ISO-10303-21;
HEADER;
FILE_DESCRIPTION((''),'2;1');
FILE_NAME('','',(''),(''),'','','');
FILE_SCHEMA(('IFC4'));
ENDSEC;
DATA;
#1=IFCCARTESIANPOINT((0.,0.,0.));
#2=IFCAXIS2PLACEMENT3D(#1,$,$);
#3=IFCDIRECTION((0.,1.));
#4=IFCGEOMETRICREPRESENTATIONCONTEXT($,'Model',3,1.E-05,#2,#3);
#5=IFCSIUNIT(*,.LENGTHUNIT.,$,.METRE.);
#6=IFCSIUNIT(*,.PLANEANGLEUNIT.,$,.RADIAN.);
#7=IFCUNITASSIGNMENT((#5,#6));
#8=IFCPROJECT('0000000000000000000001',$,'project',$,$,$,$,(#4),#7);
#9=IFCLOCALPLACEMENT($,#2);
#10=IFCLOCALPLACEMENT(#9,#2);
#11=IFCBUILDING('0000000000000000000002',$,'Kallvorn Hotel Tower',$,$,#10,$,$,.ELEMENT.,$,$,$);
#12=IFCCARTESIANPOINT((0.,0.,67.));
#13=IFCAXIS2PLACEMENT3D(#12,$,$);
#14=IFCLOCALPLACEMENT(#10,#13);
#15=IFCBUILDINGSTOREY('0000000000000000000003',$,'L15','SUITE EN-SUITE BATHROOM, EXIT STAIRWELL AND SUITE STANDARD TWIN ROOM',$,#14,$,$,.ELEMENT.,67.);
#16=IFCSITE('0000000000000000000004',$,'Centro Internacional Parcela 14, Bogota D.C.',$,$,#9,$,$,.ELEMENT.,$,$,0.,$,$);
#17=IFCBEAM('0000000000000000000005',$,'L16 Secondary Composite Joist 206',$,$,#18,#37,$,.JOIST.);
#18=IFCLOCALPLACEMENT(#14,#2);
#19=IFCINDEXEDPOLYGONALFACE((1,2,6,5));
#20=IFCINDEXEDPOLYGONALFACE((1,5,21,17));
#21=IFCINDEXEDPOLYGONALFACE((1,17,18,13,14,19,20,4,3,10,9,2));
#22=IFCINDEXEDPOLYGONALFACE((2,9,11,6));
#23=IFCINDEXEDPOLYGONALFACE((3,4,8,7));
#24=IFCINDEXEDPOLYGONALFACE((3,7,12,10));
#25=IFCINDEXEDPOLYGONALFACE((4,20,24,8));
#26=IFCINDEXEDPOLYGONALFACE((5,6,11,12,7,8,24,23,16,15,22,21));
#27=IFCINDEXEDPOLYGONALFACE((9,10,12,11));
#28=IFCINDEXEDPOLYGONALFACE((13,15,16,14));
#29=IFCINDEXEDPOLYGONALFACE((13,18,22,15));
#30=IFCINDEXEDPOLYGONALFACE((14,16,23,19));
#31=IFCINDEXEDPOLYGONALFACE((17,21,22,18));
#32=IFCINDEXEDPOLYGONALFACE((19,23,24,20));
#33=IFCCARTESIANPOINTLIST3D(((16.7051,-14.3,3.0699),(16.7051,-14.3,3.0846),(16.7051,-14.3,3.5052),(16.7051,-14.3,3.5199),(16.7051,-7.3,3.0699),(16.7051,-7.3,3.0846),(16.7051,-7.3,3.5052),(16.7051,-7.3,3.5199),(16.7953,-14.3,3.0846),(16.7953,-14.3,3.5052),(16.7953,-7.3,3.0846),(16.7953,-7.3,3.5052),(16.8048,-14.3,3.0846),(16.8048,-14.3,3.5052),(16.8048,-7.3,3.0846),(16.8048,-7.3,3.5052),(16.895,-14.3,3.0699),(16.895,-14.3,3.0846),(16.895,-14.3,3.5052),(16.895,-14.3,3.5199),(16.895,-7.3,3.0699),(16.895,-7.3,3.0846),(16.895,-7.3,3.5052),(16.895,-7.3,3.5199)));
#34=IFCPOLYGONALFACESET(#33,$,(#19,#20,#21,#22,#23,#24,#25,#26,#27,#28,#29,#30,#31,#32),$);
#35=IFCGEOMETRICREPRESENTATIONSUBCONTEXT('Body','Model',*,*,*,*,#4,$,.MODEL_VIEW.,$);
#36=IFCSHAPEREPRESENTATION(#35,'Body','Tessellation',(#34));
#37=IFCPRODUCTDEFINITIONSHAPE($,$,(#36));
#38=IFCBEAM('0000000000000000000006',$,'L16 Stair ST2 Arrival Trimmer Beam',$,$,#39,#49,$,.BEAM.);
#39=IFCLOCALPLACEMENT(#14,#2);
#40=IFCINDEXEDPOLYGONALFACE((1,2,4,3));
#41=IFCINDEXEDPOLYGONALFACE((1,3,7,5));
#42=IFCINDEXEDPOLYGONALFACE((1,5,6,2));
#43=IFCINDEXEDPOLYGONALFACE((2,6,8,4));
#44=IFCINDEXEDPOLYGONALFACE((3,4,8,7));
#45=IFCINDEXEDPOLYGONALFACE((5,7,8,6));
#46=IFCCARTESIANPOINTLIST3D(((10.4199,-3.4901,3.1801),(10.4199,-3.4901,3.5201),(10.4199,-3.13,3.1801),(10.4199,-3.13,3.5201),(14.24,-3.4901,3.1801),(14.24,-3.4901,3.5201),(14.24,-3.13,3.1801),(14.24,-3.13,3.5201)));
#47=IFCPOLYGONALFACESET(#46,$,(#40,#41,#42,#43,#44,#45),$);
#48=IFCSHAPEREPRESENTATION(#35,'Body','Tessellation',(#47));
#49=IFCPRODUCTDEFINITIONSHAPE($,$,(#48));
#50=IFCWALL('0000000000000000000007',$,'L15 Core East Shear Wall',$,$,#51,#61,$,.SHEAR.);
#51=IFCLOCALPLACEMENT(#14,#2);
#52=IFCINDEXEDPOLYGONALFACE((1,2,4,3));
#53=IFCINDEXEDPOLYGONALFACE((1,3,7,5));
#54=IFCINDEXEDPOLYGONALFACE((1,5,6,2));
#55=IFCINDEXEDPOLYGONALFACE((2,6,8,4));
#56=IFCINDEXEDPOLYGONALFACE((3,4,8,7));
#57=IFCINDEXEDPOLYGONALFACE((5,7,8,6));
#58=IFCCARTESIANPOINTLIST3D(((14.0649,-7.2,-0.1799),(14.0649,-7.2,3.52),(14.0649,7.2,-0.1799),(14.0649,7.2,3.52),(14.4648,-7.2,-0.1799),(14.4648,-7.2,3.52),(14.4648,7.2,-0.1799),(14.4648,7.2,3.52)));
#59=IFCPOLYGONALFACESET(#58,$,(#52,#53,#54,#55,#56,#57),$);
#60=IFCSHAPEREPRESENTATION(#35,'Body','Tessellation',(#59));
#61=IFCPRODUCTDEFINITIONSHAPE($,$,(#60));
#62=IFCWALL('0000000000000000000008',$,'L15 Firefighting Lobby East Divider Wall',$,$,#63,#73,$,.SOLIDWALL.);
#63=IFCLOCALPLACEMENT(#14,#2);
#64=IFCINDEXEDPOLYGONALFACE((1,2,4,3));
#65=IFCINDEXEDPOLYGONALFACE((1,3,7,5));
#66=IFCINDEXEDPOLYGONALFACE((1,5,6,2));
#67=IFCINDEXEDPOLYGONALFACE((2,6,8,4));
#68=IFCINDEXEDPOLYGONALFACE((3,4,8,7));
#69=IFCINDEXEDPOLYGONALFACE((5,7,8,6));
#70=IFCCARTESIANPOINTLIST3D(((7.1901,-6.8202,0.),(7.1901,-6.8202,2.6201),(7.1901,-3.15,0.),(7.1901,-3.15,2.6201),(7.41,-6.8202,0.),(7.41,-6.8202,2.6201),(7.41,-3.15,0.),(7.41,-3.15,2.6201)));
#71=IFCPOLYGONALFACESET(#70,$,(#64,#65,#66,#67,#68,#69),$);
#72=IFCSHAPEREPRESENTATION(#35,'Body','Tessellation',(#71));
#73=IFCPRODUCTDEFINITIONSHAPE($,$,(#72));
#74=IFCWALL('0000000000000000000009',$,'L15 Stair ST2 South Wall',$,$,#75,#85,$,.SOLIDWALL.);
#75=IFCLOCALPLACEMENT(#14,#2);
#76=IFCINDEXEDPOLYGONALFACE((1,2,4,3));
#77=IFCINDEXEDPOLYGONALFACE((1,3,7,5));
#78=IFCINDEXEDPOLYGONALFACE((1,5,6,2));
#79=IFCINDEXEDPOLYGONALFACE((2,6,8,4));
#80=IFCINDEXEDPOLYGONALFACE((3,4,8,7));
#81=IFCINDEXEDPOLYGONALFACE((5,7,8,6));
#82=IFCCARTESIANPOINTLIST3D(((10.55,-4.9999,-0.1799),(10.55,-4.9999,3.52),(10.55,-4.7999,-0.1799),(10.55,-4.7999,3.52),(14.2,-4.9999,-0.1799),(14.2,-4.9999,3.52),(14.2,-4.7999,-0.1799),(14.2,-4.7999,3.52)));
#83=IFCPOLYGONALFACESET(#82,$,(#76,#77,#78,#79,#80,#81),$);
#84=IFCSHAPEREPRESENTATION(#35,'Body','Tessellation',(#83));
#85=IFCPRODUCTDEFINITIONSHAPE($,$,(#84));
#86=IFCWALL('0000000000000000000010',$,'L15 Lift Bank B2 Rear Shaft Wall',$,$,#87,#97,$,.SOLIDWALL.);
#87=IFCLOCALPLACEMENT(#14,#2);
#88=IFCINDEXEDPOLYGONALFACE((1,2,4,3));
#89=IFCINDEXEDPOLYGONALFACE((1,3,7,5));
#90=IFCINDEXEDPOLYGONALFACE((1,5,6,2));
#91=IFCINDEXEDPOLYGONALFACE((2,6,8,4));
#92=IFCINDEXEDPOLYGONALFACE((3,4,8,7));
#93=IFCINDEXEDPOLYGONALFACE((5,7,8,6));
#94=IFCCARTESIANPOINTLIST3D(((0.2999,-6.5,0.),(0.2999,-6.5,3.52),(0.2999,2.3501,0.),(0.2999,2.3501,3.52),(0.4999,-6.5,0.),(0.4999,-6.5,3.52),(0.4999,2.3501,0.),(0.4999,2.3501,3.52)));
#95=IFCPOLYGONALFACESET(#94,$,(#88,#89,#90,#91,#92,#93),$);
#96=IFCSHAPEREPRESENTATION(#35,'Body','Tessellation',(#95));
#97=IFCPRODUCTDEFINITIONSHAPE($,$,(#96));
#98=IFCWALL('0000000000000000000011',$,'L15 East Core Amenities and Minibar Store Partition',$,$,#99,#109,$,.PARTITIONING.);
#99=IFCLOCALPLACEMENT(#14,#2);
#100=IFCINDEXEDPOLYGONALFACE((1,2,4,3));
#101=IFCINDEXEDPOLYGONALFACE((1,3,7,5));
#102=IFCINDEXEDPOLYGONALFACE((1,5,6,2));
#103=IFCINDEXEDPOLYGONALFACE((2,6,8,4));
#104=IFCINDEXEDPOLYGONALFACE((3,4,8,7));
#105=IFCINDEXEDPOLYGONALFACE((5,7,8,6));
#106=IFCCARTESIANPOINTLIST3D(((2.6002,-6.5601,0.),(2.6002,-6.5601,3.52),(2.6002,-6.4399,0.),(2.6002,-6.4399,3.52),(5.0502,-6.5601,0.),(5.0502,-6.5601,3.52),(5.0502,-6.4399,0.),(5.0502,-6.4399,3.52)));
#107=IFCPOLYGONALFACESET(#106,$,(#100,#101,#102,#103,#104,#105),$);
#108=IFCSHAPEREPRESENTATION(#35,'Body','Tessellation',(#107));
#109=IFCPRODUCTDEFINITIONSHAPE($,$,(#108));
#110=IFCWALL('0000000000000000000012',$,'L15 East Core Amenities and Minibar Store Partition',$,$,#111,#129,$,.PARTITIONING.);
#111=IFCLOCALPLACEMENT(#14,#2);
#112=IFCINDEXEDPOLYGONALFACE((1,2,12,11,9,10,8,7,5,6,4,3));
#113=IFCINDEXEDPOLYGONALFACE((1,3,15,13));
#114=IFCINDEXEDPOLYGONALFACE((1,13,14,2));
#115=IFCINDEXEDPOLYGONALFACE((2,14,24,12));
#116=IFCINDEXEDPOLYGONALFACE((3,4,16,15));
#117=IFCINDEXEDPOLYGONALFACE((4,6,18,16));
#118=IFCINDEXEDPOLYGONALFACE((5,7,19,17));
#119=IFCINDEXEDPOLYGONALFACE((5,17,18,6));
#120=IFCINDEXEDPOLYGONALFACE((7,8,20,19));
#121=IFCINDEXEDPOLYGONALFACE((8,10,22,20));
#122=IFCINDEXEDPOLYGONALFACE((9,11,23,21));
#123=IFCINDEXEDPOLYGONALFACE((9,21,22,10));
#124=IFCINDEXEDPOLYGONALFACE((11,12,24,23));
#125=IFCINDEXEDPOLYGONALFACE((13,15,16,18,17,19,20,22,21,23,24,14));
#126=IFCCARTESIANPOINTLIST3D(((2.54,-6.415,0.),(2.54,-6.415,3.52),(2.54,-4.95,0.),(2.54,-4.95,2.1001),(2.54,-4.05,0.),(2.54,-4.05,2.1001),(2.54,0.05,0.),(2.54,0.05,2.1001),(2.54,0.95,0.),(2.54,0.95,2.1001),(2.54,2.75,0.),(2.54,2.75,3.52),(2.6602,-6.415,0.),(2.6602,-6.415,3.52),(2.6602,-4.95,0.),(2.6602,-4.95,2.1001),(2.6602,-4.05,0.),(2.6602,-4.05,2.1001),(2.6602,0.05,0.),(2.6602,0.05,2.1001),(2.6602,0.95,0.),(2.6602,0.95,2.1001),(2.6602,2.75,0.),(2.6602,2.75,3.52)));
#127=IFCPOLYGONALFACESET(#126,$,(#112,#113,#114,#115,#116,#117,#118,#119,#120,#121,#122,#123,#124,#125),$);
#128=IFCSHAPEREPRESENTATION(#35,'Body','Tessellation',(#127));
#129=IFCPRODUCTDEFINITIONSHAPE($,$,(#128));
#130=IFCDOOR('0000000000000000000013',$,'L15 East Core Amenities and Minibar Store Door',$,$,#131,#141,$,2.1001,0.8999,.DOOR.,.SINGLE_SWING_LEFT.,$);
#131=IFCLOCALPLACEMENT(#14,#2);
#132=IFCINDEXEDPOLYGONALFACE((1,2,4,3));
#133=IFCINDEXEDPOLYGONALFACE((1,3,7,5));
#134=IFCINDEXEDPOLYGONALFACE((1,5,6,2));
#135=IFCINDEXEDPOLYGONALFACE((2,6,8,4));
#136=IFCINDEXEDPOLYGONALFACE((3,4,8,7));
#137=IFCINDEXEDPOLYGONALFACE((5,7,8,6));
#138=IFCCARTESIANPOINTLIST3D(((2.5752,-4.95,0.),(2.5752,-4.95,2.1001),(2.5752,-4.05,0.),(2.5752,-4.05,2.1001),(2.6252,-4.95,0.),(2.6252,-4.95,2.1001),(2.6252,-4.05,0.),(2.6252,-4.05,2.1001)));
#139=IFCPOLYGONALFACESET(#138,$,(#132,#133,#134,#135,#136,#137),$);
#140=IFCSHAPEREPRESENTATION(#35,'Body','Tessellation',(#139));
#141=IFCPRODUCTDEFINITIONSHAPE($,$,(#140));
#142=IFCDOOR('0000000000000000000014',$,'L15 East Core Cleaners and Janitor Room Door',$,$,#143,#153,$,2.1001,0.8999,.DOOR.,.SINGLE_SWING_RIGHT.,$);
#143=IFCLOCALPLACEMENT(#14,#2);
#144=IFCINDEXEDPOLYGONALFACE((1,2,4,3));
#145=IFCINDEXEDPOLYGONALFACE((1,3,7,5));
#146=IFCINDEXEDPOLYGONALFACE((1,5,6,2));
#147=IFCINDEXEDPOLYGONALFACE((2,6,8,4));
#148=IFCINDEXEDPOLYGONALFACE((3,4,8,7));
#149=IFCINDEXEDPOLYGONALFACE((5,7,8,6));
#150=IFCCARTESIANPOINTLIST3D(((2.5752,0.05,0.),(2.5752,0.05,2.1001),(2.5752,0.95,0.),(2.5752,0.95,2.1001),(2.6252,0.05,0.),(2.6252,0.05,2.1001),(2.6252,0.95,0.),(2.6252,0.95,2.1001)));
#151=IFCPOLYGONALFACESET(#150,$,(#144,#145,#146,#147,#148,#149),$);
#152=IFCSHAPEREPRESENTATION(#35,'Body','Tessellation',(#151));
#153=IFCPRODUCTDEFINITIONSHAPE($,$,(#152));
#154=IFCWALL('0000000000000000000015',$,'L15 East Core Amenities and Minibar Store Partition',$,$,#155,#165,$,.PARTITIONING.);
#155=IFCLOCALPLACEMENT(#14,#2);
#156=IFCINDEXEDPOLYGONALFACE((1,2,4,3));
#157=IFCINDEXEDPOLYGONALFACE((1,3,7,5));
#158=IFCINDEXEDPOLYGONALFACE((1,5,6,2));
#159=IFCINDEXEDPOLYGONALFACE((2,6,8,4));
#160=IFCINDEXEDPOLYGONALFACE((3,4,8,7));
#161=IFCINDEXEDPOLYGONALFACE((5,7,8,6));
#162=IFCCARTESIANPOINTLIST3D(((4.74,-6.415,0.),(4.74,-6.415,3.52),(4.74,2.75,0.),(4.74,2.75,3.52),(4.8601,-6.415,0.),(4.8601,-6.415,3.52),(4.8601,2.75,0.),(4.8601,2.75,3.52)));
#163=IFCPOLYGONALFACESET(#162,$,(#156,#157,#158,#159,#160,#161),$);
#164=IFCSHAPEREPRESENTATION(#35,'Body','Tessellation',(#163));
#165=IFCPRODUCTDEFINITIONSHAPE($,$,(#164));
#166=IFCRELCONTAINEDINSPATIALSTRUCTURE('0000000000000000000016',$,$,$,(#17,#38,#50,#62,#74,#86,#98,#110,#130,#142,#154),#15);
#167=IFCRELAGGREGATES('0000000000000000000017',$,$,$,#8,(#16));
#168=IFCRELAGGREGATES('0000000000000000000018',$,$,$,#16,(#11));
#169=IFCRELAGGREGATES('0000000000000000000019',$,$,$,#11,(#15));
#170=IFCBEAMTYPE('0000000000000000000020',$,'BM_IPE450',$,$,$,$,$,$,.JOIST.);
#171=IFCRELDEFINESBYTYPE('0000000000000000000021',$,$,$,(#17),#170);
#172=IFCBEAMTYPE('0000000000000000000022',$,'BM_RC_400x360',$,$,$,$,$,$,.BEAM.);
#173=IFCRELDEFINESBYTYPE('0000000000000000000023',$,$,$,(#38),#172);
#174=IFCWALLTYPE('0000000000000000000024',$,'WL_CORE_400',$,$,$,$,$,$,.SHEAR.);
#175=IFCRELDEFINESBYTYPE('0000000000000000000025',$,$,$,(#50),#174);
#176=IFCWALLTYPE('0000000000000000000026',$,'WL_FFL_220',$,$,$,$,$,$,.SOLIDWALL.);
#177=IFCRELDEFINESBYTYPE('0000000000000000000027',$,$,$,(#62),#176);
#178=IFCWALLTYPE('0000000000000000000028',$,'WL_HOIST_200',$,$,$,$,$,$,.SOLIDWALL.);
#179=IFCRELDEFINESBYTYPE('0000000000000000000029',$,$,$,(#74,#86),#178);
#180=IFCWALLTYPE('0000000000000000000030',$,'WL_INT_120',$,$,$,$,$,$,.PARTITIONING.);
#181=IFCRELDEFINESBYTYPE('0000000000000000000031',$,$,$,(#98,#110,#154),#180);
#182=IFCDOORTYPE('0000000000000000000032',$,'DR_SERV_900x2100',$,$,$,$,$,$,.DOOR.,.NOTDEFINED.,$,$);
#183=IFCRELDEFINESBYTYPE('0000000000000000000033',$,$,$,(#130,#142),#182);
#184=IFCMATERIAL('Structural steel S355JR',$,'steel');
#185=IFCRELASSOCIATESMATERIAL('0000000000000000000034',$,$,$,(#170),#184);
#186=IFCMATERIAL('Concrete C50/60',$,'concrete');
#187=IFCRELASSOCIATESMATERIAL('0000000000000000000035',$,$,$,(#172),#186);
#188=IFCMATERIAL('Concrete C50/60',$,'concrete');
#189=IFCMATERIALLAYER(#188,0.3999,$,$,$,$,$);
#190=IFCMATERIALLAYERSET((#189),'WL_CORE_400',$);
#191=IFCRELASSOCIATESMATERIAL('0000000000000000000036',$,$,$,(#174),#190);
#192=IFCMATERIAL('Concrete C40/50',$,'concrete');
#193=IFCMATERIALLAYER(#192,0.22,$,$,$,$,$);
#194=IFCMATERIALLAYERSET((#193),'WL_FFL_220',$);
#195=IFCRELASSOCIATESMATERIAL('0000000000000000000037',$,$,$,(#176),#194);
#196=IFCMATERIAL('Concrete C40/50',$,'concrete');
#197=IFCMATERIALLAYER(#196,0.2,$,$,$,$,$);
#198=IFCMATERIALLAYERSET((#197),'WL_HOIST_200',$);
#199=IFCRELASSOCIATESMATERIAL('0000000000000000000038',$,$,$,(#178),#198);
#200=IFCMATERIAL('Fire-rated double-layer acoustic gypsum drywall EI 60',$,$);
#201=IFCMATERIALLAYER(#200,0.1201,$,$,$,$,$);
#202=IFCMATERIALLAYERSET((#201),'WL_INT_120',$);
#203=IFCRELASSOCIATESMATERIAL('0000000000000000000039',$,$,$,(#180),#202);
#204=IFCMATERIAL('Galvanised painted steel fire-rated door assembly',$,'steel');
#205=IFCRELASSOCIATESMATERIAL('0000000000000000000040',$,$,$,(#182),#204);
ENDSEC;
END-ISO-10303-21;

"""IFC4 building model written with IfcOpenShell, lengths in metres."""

from ifc_helpers import new_model, si_unit, direction, frame, frame_2d, origin, origin_2d, place, context, subcontext, project, spatial, rectangle, i_section, extrude, material, layer, layer_set, material_profile, profile_set, type_object, element, fill, save


model = new_model("IFC4")

# Units and contexts
model_context = context("Model", 3, precision=1e-05, world=origin(), true_north=direction((0.0, 1.0)))
body_context = subcontext(model_context, "Body", "Model", "MODEL_VIEW")
ifc_project = project(units=[si_unit("LENGTHUNIT", "METRE"), si_unit("PLANEANGLEUNIT", "RADIAN")], contexts=[model_context])

# Site, building, storey
site_placement = place(None, origin())
site = spatial("IfcSite", under=ifc_project, at=site_placement, Name="Centro Internacional Parcela 14, Bogota D.C.", CompositionType="ELEMENT", RefElevation=0.0)
building_placement = place(site_placement, origin())
building = spatial("IfcBuilding", under=site, at=building_placement, Name="Kallvorn Hotel Tower", CompositionType="ELEMENT")
storey_placement = place(building_placement, frame((0.0, 0.0, 67.0)))
storey = spatial("IfcBuildingStorey", under=building, at=storey_placement, Name="L15", Description="SUITE EN-SUITE BATHROOM, EXIT STAIRWELL AND SUITE STANDARD TWIN ROOM", CompositionType="ELEMENT", Elevation=67.0)

# Beams
ifc_material_1 = material(Name="Structural steel S355JR", Category="steel")
ifc_material_profile_1 = material_profile(ifc_material_1, i_section(OverallWidth=0.1899, OverallDepth=0.45, WebThickness=0.0095, FlangeThickness=0.0146, at=origin_2d()), Name="IPE 450")
ifc_profile_set_1 = profile_set([ifc_material_profile_1], Name="Structural steel S355JR")
beam_type_1 = type_object("IfcBeamType", Name="BM_IPE450", PredefinedType="JOIST", material=ifc_profile_set_1)
for number, where, z_axis, x_axis, name in (
    (1, (16.8, -14.3, 3.2949), (0.0, 1.0, 0.0), (-1.0, 0.0, 0.0), "L16 Secondary Composite Joist 206"),
):
    element("IfcBeam", number, at=place(storey_placement, frame(where, z_axis=z_axis, x_axis=x_axis)), inside=storey, type_object=beam_type_1, Name=name, PredefinedType="JOIST", context=body_context, shape_type="SweptSolid", body=[
        extrude(i_section(OverallWidth=0.1899, OverallDepth=0.45, WebThickness=0.0095, FlangeThickness=0.0146, at=origin_2d()), origin(), (0.0, 0.0, 1.0), 7.0),
    ])
ifc_material_2 = material(Name="Concrete C50/60", Category="concrete")
ifc_material_profile_2 = material_profile(ifc_material_2, rectangle(XDim=0.3601, YDim=0.3401, at=origin_2d()), Name="RC 360x340")
ifc_profile_set_2 = profile_set([ifc_material_profile_2], Name="Concrete C50/60")
beam_type_2 = type_object("IfcBeamType", Name="BM_RC_400x360", PredefinedType="BEAM", material=ifc_profile_set_2)
beam_1_placement = place(storey_placement, frame((14.24, -3.3101, 3.3501), z_axis=(-1.0, 0.0, 0.0), x_axis=(0.0, -1.0, 0.0)))
element("IfcBeam", 2, at=beam_1_placement, inside=storey, type_object=beam_type_2, Name="L16 Stair ST2 Arrival Trimmer Beam", PredefinedType="BEAM", context=body_context, shape_type="SweptSolid", body=[
    extrude(rectangle(XDim=0.3601, YDim=0.3401, at=origin_2d()), origin(), (0.0, 0.0, 1.0), 3.8201),
])

# Walls
ifc_material_3 = material(Name="Concrete C50/60", Category="concrete")
ifc_layer_1 = layer(ifc_material_3, 0.3999)
ifc_layer_set_1 = layer_set([ifc_layer_1], Name="WL_CORE_400")
wall_type_1 = type_object("IfcWallType", Name="WL_CORE_400", PredefinedType="SHEAR", material=ifc_layer_set_1)
wall_1_placement = place(storey_placement, frame((14.2649, -7.2, -0.1799), z_axis=(0.0, 0.0, 1.0), x_axis=(0.0, 1.0, 0.0)))
element("IfcWall", 3, at=wall_1_placement, inside=storey, type_object=wall_type_1, Name="L15 Core East Shear Wall", PredefinedType="SHEAR", context=body_context, shape_type="SweptSolid", body=[
    extrude(rectangle(XDim=14.3999, YDim=0.3999, at=frame_2d((7.2, 0.0))), origin(), (0.0, 0.0, 1.0), 3.7),
])
ifc_material_4 = material(Name="Concrete C40/50", Category="concrete")
ifc_layer_2 = layer(ifc_material_4, 0.22)
ifc_layer_set_2 = layer_set([ifc_layer_2], Name="WL_FFL_220")
wall_type_2 = type_object("IfcWallType", Name="WL_FFL_220", PredefinedType="SOLIDWALL", material=ifc_layer_set_2)
wall_2_placement = place(storey_placement, frame((7.3, -6.8201, 0.0), z_axis=(0.0, 0.0, 1.0), x_axis=(0.0, 1.0, 0.0)))
element("IfcWall", 4, at=wall_2_placement, inside=storey, type_object=wall_type_2, Name="L15 Firefighting Lobby East Divider Wall", PredefinedType="SOLIDWALL", context=body_context, shape_type="SweptSolid", body=[
    extrude(rectangle(XDim=3.6702, YDim=0.22, at=frame_2d((1.835, 0.0))), origin(), (0.0, 0.0, 1.0), 2.6201),
])
ifc_material_5 = material(Name="Concrete C40/50", Category="concrete")
ifc_layer_3 = layer(ifc_material_5, 0.2)
ifc_layer_set_3 = layer_set([ifc_layer_3], Name="WL_HOIST_200")
wall_type_3 = type_object("IfcWallType", Name="WL_HOIST_200", PredefinedType="SOLIDWALL", material=ifc_layer_set_3)
wall_3_placement = place(storey_placement, frame((10.55, -4.8999, -0.1799), z_axis=(0.0, 0.0, 1.0), x_axis=(1.0, 0.0, 0.0)))
element("IfcWall", 5, at=wall_3_placement, inside=storey, type_object=wall_type_3, Name="L15 Stair ST2 South Wall", PredefinedType="SOLIDWALL", context=body_context, shape_type="SweptSolid", body=[
    extrude(rectangle(XDim=3.6499, YDim=0.2, at=frame_2d((1.825, 0.0))), origin(), (0.0, 0.0, 1.0), 3.7),
])
wall_4_placement = place(storey_placement, frame((0.3999, -6.5, 0.0), z_axis=(0.0, 0.0, 1.0), x_axis=(0.0, 1.0, 0.0)))
element("IfcWall", 6, at=wall_4_placement, inside=storey, type_object=wall_type_3, Name="L15 Lift Bank B2 Rear Shaft Wall", PredefinedType="SOLIDWALL", context=body_context, shape_type="SweptSolid", body=[
    extrude(rectangle(XDim=8.8501, YDim=0.2, at=frame_2d((4.425, 0.0))), origin(), (0.0, 0.0, 1.0), 3.52),
])
ifc_material_6 = material(Name="Fire-rated double-layer acoustic gypsum drywall EI 60")
ifc_layer_4 = layer(ifc_material_6, 0.1201)
ifc_layer_set_4 = layer_set([ifc_layer_4], Name="WL_INT_120")
wall_type_4 = type_object("IfcWallType", Name="WL_INT_120", PredefinedType="PARTITIONING", material=ifc_layer_set_4)
wall_5_placement = place(storey_placement, frame((2.6001, -6.5, 0.0), z_axis=(0.0, 0.0, 1.0), x_axis=(1.0, 0.0, 0.0)))
element("IfcWall", 7, at=wall_5_placement, inside=storey, type_object=wall_type_4, Name="L15 East Core Amenities and Minibar Store Partition", PredefinedType="PARTITIONING", context=body_context, shape_type="SweptSolid", body=[
    extrude(rectangle(XDim=2.45, YDim=0.1201, at=frame_2d((1.2251, 0.0))), origin(), (0.0, 0.0, 1.0), 3.52),
])

# Wall, openings, doors
wall_6_placement = place(storey_placement, frame((2.6001, -6.415, 0.0), z_axis=(0.0, 0.0, 1.0), x_axis=(0.0, 1.0, 0.0)))
wall_6 = element("IfcWall", 8, at=wall_6_placement, inside=storey, type_object=wall_type_4, Name="L15 East Core Amenities and Minibar Store Partition", PredefinedType="PARTITIONING", context=body_context, shape_type="SweptSolid", body=[
    extrude(rectangle(XDim=9.165, YDim=0.1201, at=frame_2d((4.5825, 0.0))), origin(), (0.0, 0.0, 1.0), 3.52),
])
opening_1_placement = place(wall_6_placement, frame((1.4651, 0.0, 0.0)))
opening_1 = element("IfcOpeningElement", 9, at=opening_1_placement, cuts=wall_6, PredefinedType="OPENING", context=body_context, shape_type="SweptSolid", body=[
    extrude(rectangle(XDim=0.8999, YDim=2.1001, at=frame_2d((0.45, 1.05))), frame((0.0, 0.075, 0.0), z_axis=(0.0, -1.0, 0.0), x_axis=(1.0, 0.0, 0.0)), (0.0, 0.0, 1.0), 0.1501),
])
opening_2_placement = place(wall_6_placement, frame((6.4651, 0.0, 0.0)))
opening_2 = element("IfcOpeningElement", 10, at=opening_2_placement, cuts=wall_6, PredefinedType="OPENING", context=body_context, shape_type="SweptSolid", body=[
    extrude(rectangle(XDim=0.8999, YDim=2.1001, at=frame_2d((0.45, 1.05))), frame((0.0, 0.075, 0.0), z_axis=(0.0, -1.0, 0.0), x_axis=(1.0, 0.0, 0.0)), (0.0, 0.0, 1.0), 0.1501),
])
ifc_material_7 = material(Name="Galvanised painted steel fire-rated door assembly", Category="steel")
door_type_1 = type_object("IfcDoorType", Name="DR_SERV_900x2100", OperationType="NOTDEFINED", PredefinedType="DOOR", material=ifc_material_7)
door_1_placement = place(opening_1_placement, origin())
door_1 = element("IfcDoor", 11, at=door_1_placement, inside=storey, type_object=door_type_1, Name="L15 East Core Amenities and Minibar Store Door", OperationType="SINGLE_SWING_LEFT", OverallHeight=2.1001, OverallWidth=0.8999, PredefinedType="DOOR", context=body_context, shape_type="SweptSolid", body=[
    extrude(rectangle(XDim=0.8999, YDim=2.1001, at=frame_2d((0.45, 1.05))), frame((0.0, 0.0249, 0.0), z_axis=(0.0, -1.0, 0.0), x_axis=(1.0, 0.0, 0.0)), (0.0, 0.0, 1.0), 0.05),
])
fill(opening_1, door_1)
door_2_placement = place(opening_2_placement, origin())
door_2 = element("IfcDoor", 12, at=door_2_placement, inside=storey, type_object=door_type_1, Name="L15 East Core Cleaners and Janitor Room Door", OperationType="SINGLE_SWING_RIGHT", OverallHeight=2.1001, OverallWidth=0.8999, PredefinedType="DOOR", context=body_context, shape_type="SweptSolid", body=[
    extrude(rectangle(XDim=0.8999, YDim=2.1001, at=frame_2d((0.45, 1.05))), frame((0.0, 0.0249, 0.0), z_axis=(0.0, -1.0, 0.0), x_axis=(1.0, 0.0, 0.0)), (0.0, 0.0, 1.0), 0.05),
])
fill(opening_2, door_2)

# Wall
wall_7_placement = place(storey_placement, frame((4.8, -6.415, 0.0), z_axis=(0.0, 0.0, 1.0), x_axis=(0.0, 1.0, 0.0)))
element("IfcWall", 13, at=wall_7_placement, inside=storey, type_object=wall_type_4, Name="L15 East Core Amenities and Minibar Store Partition", PredefinedType="PARTITIONING", context=body_context, shape_type="SweptSolid", body=[
    extrude(rectangle(XDim=9.165, YDim=0.1201, at=frame_2d((4.5825, 0.0))), origin(), (0.0, 0.0, 1.0), 3.52),
])

save(model, "model.ifc")
